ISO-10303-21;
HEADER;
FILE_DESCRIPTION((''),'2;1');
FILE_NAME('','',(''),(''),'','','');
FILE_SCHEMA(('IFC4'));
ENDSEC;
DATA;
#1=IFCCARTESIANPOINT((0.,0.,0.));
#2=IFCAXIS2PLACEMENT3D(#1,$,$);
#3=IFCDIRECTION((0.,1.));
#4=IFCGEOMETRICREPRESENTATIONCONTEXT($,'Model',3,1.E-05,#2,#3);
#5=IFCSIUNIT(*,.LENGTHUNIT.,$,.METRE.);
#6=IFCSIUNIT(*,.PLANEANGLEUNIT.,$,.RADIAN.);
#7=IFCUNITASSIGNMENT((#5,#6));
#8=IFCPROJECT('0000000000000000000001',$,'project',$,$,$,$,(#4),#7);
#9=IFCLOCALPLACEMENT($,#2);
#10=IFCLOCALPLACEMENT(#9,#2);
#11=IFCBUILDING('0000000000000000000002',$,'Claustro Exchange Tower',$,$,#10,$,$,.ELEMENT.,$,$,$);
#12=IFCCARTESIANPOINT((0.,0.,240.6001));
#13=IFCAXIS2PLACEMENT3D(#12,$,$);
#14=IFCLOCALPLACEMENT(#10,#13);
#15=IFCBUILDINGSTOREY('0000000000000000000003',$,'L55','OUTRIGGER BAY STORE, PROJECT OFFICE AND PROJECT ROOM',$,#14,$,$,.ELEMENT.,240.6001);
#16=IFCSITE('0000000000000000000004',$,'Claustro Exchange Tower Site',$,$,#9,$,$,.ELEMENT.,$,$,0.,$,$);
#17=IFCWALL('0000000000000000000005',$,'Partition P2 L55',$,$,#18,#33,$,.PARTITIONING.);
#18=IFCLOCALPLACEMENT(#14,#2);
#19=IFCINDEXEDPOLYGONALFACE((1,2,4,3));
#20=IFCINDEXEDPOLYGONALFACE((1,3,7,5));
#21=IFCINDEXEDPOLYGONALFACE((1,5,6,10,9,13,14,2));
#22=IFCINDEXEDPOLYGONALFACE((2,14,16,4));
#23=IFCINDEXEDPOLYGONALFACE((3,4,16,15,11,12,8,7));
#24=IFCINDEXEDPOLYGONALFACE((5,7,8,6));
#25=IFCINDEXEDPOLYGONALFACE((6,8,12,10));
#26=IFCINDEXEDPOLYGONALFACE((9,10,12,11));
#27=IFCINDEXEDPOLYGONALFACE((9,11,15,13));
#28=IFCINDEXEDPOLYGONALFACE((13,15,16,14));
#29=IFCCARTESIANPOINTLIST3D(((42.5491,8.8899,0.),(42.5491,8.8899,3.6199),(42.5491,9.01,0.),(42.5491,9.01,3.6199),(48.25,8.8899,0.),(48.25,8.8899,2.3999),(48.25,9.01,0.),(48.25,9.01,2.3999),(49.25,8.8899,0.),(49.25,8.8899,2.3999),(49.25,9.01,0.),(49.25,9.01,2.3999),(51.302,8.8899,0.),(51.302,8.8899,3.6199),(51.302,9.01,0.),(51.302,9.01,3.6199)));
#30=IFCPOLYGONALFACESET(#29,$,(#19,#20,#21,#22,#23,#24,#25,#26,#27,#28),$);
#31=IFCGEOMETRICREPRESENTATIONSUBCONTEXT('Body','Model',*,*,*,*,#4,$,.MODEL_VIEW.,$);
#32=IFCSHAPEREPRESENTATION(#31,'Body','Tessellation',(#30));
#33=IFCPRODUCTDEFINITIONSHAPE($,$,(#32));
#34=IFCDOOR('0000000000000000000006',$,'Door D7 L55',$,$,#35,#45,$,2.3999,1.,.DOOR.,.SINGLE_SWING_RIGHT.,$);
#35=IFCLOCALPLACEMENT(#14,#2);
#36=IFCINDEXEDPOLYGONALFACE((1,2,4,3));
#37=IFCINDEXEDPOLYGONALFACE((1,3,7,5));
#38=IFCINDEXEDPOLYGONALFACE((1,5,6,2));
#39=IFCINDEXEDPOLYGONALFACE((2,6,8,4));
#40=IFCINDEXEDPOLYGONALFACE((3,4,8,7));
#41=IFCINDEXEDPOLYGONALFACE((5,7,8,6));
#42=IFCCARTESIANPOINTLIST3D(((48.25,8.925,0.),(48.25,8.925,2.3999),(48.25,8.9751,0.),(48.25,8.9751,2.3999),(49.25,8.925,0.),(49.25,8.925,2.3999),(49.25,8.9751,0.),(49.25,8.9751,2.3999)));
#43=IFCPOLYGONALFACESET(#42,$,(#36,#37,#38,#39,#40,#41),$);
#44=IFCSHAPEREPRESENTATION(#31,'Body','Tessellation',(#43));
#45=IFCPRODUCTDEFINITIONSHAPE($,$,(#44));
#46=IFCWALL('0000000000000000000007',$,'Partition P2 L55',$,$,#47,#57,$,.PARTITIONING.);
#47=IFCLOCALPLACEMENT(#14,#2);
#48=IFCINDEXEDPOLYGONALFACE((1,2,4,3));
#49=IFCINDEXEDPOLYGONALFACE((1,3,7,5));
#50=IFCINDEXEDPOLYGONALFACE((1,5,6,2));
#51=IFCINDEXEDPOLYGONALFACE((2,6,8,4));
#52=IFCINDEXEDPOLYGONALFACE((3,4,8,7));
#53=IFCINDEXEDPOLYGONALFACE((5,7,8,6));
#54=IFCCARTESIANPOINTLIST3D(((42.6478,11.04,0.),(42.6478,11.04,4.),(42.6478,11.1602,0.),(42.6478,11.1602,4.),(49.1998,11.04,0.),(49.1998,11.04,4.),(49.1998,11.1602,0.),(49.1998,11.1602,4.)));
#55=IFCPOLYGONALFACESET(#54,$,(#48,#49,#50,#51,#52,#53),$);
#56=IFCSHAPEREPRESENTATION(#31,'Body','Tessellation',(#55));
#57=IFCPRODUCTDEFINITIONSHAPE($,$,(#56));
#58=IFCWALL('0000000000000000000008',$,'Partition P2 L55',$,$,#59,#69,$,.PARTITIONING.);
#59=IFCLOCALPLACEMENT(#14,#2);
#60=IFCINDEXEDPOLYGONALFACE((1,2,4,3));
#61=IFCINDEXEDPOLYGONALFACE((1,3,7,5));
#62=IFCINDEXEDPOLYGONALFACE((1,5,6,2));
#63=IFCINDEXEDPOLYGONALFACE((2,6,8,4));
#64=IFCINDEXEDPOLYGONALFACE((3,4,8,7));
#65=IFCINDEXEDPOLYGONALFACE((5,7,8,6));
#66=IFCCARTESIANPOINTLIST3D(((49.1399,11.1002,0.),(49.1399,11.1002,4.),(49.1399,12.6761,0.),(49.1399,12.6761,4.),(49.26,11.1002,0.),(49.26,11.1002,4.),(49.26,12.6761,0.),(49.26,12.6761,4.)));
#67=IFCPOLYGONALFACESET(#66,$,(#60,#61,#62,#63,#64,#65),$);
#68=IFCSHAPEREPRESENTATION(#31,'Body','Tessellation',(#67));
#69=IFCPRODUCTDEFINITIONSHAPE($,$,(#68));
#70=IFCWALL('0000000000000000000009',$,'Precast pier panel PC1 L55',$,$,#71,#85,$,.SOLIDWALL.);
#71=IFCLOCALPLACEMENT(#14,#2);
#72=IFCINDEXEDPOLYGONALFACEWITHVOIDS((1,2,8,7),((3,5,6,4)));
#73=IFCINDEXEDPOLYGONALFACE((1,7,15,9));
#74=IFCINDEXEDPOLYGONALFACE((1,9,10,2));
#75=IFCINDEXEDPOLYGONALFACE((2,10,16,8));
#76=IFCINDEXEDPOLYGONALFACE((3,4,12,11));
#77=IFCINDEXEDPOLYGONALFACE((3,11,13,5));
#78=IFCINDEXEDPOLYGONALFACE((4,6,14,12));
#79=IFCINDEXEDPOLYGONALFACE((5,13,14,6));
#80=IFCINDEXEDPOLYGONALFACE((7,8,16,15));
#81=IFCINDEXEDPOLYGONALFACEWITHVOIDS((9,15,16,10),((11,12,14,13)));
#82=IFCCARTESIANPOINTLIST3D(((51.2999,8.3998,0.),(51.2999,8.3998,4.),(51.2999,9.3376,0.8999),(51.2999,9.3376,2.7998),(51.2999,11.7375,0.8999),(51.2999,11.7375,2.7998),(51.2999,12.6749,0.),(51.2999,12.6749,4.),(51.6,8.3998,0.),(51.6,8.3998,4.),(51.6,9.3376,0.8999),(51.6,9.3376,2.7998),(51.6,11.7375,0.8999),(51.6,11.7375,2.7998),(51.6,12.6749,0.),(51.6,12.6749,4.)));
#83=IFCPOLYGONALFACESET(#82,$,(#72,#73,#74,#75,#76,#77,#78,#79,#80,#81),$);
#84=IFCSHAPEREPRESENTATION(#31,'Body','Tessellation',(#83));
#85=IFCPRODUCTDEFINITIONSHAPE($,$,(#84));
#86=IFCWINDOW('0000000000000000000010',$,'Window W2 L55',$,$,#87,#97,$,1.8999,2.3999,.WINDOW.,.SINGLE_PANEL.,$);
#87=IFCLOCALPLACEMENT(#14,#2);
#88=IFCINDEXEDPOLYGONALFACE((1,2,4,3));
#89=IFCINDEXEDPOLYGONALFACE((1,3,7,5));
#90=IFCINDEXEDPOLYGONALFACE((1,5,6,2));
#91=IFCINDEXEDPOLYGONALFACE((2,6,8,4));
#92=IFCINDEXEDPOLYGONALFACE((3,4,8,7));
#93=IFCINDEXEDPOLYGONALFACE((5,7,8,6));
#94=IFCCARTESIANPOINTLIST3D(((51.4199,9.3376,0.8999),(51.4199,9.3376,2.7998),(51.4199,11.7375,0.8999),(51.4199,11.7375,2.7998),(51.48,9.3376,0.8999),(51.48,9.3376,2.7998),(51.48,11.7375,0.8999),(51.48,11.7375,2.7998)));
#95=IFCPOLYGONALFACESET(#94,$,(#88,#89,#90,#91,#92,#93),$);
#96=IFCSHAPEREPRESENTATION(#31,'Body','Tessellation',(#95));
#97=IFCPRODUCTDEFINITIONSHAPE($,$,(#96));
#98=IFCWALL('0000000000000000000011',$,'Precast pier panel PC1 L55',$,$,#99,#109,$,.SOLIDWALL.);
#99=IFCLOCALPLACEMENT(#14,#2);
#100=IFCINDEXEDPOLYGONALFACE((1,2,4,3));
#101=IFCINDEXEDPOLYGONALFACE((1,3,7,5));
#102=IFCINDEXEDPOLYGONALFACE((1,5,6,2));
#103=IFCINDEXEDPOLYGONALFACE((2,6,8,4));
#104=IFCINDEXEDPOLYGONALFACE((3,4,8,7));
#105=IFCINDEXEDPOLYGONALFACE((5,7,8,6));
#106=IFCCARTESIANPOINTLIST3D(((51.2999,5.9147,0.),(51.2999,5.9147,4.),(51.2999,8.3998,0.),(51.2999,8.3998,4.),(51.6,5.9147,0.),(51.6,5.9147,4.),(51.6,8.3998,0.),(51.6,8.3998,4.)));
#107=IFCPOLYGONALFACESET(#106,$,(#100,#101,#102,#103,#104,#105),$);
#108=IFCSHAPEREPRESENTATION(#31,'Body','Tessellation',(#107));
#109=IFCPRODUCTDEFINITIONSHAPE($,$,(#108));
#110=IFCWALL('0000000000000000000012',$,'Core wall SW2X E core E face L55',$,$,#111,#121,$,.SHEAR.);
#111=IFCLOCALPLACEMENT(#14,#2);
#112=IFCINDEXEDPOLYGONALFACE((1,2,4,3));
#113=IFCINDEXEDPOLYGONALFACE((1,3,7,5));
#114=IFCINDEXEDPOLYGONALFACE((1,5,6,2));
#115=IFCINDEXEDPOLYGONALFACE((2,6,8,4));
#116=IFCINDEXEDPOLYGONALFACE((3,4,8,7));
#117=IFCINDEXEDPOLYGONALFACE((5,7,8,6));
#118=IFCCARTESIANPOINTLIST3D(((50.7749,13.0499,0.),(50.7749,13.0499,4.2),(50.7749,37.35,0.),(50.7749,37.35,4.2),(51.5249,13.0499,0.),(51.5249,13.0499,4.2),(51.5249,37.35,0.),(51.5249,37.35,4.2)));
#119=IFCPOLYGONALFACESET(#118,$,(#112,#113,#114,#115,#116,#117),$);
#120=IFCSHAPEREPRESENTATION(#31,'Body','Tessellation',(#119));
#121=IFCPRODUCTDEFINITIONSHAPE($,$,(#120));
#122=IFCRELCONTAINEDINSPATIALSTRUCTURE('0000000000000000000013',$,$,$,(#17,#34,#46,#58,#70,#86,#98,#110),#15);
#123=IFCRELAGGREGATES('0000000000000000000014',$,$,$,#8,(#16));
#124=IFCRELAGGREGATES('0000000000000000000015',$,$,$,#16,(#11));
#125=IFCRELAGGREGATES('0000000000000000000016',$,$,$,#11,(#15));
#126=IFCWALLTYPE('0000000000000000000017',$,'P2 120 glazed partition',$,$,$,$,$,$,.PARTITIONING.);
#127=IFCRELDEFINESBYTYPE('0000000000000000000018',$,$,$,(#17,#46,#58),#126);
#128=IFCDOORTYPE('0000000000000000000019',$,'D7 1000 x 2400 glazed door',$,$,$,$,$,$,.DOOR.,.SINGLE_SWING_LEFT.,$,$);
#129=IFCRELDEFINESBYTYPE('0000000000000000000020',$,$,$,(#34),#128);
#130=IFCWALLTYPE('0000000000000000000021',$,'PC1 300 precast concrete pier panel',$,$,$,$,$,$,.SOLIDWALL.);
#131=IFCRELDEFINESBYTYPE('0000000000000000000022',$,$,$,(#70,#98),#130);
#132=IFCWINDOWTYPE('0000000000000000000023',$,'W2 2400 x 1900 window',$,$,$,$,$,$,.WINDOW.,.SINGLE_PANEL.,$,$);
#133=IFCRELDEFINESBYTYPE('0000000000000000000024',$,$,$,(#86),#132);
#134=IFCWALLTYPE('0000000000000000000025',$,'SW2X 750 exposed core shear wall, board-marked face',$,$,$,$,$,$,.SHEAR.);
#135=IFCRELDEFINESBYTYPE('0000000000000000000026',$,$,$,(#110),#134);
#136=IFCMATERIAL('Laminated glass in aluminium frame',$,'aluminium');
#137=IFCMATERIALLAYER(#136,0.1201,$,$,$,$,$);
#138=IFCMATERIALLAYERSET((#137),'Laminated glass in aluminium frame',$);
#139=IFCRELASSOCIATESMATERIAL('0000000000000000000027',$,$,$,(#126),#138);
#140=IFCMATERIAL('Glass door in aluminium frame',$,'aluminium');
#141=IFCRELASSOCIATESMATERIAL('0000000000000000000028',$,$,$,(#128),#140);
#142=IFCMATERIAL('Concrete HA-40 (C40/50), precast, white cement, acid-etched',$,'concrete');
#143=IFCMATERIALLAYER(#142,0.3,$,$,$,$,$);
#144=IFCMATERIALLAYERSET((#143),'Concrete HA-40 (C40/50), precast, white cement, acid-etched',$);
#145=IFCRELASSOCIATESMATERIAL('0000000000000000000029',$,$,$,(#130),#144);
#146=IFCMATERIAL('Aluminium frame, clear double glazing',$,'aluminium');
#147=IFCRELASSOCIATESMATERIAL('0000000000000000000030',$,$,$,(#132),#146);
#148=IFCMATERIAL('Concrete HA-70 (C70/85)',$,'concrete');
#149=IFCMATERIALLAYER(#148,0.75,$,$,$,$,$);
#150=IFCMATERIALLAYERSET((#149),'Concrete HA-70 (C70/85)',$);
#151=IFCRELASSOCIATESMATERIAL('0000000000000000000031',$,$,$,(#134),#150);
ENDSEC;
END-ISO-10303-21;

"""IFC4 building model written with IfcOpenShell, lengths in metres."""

from ifc_helpers import new_model, si_unit, direction, frame, frame_2d, origin, place, context, subcontext, project, spatial, rectangle, extrude, material, layer, layer_set, type_object, element, fill, save


model = new_model("IFC4")

# Units and contexts
model_context = context("Model", 3, precision=1e-05, world=origin(), true_north=direction((0.0, 1.0)))
body_context = subcontext(model_context, "Body", "Model", "MODEL_VIEW")
ifc_project = project(units=[si_unit("LENGTHUNIT", "METRE"), si_unit("PLANEANGLEUNIT", "RADIAN")], contexts=[model_context])

# Site, building, storey
site_placement = place(None, origin())
site = spatial("IfcSite", under=ifc_project, at=site_placement, Name="Claustro Exchange Tower Site", CompositionType="ELEMENT", RefElevation=0.0)
building_placement = place(site_placement, origin())
building = spatial("IfcBuilding", under=site, at=building_placement, Name="Claustro Exchange Tower", CompositionType="ELEMENT")
storey_placement = place(building_placement, frame((0.0, 0.0, 240.6001)))
storey = spatial("IfcBuildingStorey", under=building, at=storey_placement, Name="L55", Description="OUTRIGGER BAY STORE, PROJECT OFFICE AND PROJECT ROOM", CompositionType="ELEMENT", Elevation=240.6001)

# Wall, opening, door
ifc_material_1 = material(Name="Laminated glass in aluminium frame", Category="aluminium")
ifc_layer_1 = layer(ifc_material_1, 0.1201)
ifc_layer_set_1 = layer_set([ifc_layer_1], Name="Laminated glass in aluminium frame")
wall_type_1 = type_object("IfcWallType", Name="P2 120 glazed partition", PredefinedType="PARTITIONING", material=ifc_layer_set_1)
wall_1_placement = place(storey_placement, frame((42.5491, 8.95, 0.0), z_axis=(0.0, 0.0, 1.0), x_axis=(1.0, 0.0, 0.0)))
wall_1 = element("IfcWall", 1, at=wall_1_placement, inside=storey, type_object=wall_type_1, Name="Partition P2 L55", PredefinedType="PARTITIONING", context=body_context, shape_type="SweptSolid", body=[
    extrude(rectangle(XDim=8.7529, YDim=0.1201, at=frame_2d((4.3765, 0.0))), origin(), (0.0, 0.0, 1.0), 3.6199),
])
opening_1_placement = place(wall_1_placement, frame((5.7009, 0.0, 0.0)))
opening_1 = element("IfcOpeningElement", 2, at=opening_1_placement, cuts=wall_1, PredefinedType="OPENING", context=body_context, shape_type="SweptSolid", body=[
    extrude(rectangle(XDim=1.0, YDim=2.3999, at=frame_2d((0.5, 1.2))), frame((0.0, 0.0701, 0.0), z_axis=(0.0, -1.0, 0.0), x_axis=(1.0, 0.0, 0.0)), (0.0, 0.0, 1.0), 0.1401),
])
ifc_material_2 = material(Name="Glass door in aluminium frame", Category="aluminium")
door_type_1 = type_object("IfcDoorType", Name="D7 1000 x 2400 glazed door", OperationType="SINGLE_SWING_LEFT", PredefinedType="DOOR", material=ifc_material_2)
door_1_placement = place(opening_1_placement, frame((1.0, 0.0, 0.0), z_axis=(0.0, 0.0, 1.0), x_axis=(-1.0, 0.0, 0.0)))
door_1 = element("IfcDoor", 3, at=door_1_placement, inside=storey, type_object=door_type_1, Name="Door D7 L55", OperationType="SINGLE_SWING_RIGHT", OverallHeight=2.3999, OverallWidth=1.0, PredefinedType="DOOR", context=body_context, shape_type="SweptSolid", body=[
    extrude(rectangle(XDim=1.0, YDim=2.3999, at=frame_2d((0.5, 1.2))), frame((0.0, 0.0249, 0.0), z_axis=(0.0, -1.0, 0.0), x_axis=(1.0, 0.0, 0.0)), (0.0, 0.0, 1.0), 0.05),
])
fill(opening_1, door_1)

# Walls
wall_2_placement = place(storey_placement, frame((42.6479, 11.1001, 0.0), z_axis=(0.0, 0.0, 1.0), x_axis=(1.0, 0.0, 0.0)))
element("IfcWall", 4, at=wall_2_placement, inside=storey, type_object=wall_type_1, Name="Partition P2 L55", PredefinedType="PARTITIONING", context=body_context, shape_type="SweptSolid", body=[
    extrude(rectangle(XDim=6.552, YDim=0.1201, at=frame_2d((3.2759, 0.0))), origin(), (0.0, 0.0, 1.0), 4.0),
])
wall_3_placement = place(storey_placement, frame((49.2, 11.1001, 0.0), z_axis=(0.0, 0.0, 1.0), x_axis=(0.0, 1.0, 0.0)))
element("IfcWall", 5, at=wall_3_placement, inside=storey, type_object=wall_type_1, Name="Partition P2 L55", PredefinedType="PARTITIONING", context=body_context, shape_type="SweptSolid", body=[
    extrude(rectangle(XDim=1.5759, YDim=0.1201, at=frame_2d((0.7881, 0.0))), origin(), (0.0, 0.0, 1.0), 4.0),
])

# Wall, opening, window
ifc_material_3 = material(Name="Concrete HA-40 (C40/50), precast, white cement, acid-etched", Category="concrete")
ifc_layer_2 = layer(ifc_material_3, 0.3)
ifc_layer_set_2 = layer_set([ifc_layer_2], Name="Concrete HA-40 (C40/50), precast, white cement, acid-etched")
wall_type_2 = type_object("IfcWallType", Name="PC1 300 precast concrete pier panel", PredefinedType="SOLIDWALL", material=ifc_layer_set_2)
wall_4_placement = place(storey_placement, frame((51.45, 12.675, 0.0), z_axis=(0.0, 0.0, 1.0), x_axis=(0.0, -1.0, 0.0)))
wall_4 = element("IfcWall", 6, at=wall_4_placement, inside=storey, type_object=wall_type_2, Name="Precast pier panel PC1 L55", PredefinedType="SOLIDWALL", context=body_context, shape_type="SweptSolid", body=[
    extrude(rectangle(XDim=4.2751, YDim=0.3, at=frame_2d((2.1377, 0.0))), origin(), (0.0, 0.0, 1.0), 4.0),
])
opening_2_placement = place(wall_4_placement, frame((0.9375, 0.0, 0.8999)))
opening_2 = element("IfcOpeningElement", 7, at=opening_2_placement, cuts=wall_4, PredefinedType="OPENING", context=body_context, shape_type="SweptSolid", body=[
    extrude(rectangle(XDim=2.3999, YDim=1.8999, at=frame_2d((1.2, 0.95))), frame((0.0, 0.1599, 0.0), z_axis=(0.0, -1.0, 0.0), x_axis=(1.0, 0.0, 0.0)), (0.0, 0.0, 1.0), 0.3201),
])
ifc_material_4 = material(Name="Aluminium frame, clear double glazing", Category="aluminium")
window_type = type_object("IfcWindowType", Name="W2 2400 x 1900 window", PartitioningType="SINGLE_PANEL", PredefinedType="WINDOW", material=ifc_material_4)
window_placement = place(opening_2_placement, origin())
window = element("IfcWindow", 8, at=window_placement, inside=storey, type_object=window_type, Name="Window W2 L55", OverallHeight=1.8999, OverallWidth=2.3999, PartitioningType="SINGLE_PANEL", PredefinedType="WINDOW", context=body_context, shape_type="SweptSolid", body=[
    extrude(rectangle(XDim=2.3999, YDim=1.8999, at=frame_2d((1.2, 0.95))), frame((0.0, 0.03, 0.0), z_axis=(0.0, -1.0, 0.0), x_axis=(1.0, 0.0, 0.0)), (0.0, 0.0, 1.0), 0.0601),
])
fill(opening_2, window)

# Walls
wall_5_placement = place(storey_placement, frame((51.45, 8.3999, 0.0), z_axis=(0.0, 0.0, 1.0), x_axis=(0.0, -1.0, 0.0)))
element("IfcWall", 9, at=wall_5_placement, inside=storey, type_object=wall_type_2, Name="Precast pier panel PC1 L55", PredefinedType="SOLIDWALL", context=body_context, shape_type="SweptSolid", body=[
    extrude(rectangle(XDim=2.4851, YDim=0.3, at=frame_2d((1.2427, 0.0))), origin(), (0.0, 0.0, 1.0), 4.0),
])
ifc_material_5 = material(Name="Concrete HA-70 (C70/85)", Category="concrete")
ifc_layer_3 = layer(ifc_material_5, 0.75)
ifc_layer_set_3 = layer_set([ifc_layer_3], Name="Concrete HA-70 (C70/85)")
wall_type_3 = type_object("IfcWallType", Name="SW2X 750 exposed core shear wall, board-marked face", PredefinedType="SHEAR", material=ifc_layer_set_3)
wall_6_placement = place(storey_placement, frame((51.1499, 13.05, 0.0), z_axis=(0.0, 0.0, 1.0), x_axis=(0.0, 1.0, 0.0)))
element("IfcWall", 10, at=wall_6_placement, inside=storey, type_object=wall_type_3, Name="Core wall SW2X E core E face L55", PredefinedType="SHEAR", context=body_context, shape_type="SweptSolid", body=[
    extrude(rectangle(XDim=24.3, YDim=0.75, at=frame_2d((12.1499, 0.0))), origin(), (0.0, 0.0, 1.0), 4.2),
])

save(model, "model.ifc")
